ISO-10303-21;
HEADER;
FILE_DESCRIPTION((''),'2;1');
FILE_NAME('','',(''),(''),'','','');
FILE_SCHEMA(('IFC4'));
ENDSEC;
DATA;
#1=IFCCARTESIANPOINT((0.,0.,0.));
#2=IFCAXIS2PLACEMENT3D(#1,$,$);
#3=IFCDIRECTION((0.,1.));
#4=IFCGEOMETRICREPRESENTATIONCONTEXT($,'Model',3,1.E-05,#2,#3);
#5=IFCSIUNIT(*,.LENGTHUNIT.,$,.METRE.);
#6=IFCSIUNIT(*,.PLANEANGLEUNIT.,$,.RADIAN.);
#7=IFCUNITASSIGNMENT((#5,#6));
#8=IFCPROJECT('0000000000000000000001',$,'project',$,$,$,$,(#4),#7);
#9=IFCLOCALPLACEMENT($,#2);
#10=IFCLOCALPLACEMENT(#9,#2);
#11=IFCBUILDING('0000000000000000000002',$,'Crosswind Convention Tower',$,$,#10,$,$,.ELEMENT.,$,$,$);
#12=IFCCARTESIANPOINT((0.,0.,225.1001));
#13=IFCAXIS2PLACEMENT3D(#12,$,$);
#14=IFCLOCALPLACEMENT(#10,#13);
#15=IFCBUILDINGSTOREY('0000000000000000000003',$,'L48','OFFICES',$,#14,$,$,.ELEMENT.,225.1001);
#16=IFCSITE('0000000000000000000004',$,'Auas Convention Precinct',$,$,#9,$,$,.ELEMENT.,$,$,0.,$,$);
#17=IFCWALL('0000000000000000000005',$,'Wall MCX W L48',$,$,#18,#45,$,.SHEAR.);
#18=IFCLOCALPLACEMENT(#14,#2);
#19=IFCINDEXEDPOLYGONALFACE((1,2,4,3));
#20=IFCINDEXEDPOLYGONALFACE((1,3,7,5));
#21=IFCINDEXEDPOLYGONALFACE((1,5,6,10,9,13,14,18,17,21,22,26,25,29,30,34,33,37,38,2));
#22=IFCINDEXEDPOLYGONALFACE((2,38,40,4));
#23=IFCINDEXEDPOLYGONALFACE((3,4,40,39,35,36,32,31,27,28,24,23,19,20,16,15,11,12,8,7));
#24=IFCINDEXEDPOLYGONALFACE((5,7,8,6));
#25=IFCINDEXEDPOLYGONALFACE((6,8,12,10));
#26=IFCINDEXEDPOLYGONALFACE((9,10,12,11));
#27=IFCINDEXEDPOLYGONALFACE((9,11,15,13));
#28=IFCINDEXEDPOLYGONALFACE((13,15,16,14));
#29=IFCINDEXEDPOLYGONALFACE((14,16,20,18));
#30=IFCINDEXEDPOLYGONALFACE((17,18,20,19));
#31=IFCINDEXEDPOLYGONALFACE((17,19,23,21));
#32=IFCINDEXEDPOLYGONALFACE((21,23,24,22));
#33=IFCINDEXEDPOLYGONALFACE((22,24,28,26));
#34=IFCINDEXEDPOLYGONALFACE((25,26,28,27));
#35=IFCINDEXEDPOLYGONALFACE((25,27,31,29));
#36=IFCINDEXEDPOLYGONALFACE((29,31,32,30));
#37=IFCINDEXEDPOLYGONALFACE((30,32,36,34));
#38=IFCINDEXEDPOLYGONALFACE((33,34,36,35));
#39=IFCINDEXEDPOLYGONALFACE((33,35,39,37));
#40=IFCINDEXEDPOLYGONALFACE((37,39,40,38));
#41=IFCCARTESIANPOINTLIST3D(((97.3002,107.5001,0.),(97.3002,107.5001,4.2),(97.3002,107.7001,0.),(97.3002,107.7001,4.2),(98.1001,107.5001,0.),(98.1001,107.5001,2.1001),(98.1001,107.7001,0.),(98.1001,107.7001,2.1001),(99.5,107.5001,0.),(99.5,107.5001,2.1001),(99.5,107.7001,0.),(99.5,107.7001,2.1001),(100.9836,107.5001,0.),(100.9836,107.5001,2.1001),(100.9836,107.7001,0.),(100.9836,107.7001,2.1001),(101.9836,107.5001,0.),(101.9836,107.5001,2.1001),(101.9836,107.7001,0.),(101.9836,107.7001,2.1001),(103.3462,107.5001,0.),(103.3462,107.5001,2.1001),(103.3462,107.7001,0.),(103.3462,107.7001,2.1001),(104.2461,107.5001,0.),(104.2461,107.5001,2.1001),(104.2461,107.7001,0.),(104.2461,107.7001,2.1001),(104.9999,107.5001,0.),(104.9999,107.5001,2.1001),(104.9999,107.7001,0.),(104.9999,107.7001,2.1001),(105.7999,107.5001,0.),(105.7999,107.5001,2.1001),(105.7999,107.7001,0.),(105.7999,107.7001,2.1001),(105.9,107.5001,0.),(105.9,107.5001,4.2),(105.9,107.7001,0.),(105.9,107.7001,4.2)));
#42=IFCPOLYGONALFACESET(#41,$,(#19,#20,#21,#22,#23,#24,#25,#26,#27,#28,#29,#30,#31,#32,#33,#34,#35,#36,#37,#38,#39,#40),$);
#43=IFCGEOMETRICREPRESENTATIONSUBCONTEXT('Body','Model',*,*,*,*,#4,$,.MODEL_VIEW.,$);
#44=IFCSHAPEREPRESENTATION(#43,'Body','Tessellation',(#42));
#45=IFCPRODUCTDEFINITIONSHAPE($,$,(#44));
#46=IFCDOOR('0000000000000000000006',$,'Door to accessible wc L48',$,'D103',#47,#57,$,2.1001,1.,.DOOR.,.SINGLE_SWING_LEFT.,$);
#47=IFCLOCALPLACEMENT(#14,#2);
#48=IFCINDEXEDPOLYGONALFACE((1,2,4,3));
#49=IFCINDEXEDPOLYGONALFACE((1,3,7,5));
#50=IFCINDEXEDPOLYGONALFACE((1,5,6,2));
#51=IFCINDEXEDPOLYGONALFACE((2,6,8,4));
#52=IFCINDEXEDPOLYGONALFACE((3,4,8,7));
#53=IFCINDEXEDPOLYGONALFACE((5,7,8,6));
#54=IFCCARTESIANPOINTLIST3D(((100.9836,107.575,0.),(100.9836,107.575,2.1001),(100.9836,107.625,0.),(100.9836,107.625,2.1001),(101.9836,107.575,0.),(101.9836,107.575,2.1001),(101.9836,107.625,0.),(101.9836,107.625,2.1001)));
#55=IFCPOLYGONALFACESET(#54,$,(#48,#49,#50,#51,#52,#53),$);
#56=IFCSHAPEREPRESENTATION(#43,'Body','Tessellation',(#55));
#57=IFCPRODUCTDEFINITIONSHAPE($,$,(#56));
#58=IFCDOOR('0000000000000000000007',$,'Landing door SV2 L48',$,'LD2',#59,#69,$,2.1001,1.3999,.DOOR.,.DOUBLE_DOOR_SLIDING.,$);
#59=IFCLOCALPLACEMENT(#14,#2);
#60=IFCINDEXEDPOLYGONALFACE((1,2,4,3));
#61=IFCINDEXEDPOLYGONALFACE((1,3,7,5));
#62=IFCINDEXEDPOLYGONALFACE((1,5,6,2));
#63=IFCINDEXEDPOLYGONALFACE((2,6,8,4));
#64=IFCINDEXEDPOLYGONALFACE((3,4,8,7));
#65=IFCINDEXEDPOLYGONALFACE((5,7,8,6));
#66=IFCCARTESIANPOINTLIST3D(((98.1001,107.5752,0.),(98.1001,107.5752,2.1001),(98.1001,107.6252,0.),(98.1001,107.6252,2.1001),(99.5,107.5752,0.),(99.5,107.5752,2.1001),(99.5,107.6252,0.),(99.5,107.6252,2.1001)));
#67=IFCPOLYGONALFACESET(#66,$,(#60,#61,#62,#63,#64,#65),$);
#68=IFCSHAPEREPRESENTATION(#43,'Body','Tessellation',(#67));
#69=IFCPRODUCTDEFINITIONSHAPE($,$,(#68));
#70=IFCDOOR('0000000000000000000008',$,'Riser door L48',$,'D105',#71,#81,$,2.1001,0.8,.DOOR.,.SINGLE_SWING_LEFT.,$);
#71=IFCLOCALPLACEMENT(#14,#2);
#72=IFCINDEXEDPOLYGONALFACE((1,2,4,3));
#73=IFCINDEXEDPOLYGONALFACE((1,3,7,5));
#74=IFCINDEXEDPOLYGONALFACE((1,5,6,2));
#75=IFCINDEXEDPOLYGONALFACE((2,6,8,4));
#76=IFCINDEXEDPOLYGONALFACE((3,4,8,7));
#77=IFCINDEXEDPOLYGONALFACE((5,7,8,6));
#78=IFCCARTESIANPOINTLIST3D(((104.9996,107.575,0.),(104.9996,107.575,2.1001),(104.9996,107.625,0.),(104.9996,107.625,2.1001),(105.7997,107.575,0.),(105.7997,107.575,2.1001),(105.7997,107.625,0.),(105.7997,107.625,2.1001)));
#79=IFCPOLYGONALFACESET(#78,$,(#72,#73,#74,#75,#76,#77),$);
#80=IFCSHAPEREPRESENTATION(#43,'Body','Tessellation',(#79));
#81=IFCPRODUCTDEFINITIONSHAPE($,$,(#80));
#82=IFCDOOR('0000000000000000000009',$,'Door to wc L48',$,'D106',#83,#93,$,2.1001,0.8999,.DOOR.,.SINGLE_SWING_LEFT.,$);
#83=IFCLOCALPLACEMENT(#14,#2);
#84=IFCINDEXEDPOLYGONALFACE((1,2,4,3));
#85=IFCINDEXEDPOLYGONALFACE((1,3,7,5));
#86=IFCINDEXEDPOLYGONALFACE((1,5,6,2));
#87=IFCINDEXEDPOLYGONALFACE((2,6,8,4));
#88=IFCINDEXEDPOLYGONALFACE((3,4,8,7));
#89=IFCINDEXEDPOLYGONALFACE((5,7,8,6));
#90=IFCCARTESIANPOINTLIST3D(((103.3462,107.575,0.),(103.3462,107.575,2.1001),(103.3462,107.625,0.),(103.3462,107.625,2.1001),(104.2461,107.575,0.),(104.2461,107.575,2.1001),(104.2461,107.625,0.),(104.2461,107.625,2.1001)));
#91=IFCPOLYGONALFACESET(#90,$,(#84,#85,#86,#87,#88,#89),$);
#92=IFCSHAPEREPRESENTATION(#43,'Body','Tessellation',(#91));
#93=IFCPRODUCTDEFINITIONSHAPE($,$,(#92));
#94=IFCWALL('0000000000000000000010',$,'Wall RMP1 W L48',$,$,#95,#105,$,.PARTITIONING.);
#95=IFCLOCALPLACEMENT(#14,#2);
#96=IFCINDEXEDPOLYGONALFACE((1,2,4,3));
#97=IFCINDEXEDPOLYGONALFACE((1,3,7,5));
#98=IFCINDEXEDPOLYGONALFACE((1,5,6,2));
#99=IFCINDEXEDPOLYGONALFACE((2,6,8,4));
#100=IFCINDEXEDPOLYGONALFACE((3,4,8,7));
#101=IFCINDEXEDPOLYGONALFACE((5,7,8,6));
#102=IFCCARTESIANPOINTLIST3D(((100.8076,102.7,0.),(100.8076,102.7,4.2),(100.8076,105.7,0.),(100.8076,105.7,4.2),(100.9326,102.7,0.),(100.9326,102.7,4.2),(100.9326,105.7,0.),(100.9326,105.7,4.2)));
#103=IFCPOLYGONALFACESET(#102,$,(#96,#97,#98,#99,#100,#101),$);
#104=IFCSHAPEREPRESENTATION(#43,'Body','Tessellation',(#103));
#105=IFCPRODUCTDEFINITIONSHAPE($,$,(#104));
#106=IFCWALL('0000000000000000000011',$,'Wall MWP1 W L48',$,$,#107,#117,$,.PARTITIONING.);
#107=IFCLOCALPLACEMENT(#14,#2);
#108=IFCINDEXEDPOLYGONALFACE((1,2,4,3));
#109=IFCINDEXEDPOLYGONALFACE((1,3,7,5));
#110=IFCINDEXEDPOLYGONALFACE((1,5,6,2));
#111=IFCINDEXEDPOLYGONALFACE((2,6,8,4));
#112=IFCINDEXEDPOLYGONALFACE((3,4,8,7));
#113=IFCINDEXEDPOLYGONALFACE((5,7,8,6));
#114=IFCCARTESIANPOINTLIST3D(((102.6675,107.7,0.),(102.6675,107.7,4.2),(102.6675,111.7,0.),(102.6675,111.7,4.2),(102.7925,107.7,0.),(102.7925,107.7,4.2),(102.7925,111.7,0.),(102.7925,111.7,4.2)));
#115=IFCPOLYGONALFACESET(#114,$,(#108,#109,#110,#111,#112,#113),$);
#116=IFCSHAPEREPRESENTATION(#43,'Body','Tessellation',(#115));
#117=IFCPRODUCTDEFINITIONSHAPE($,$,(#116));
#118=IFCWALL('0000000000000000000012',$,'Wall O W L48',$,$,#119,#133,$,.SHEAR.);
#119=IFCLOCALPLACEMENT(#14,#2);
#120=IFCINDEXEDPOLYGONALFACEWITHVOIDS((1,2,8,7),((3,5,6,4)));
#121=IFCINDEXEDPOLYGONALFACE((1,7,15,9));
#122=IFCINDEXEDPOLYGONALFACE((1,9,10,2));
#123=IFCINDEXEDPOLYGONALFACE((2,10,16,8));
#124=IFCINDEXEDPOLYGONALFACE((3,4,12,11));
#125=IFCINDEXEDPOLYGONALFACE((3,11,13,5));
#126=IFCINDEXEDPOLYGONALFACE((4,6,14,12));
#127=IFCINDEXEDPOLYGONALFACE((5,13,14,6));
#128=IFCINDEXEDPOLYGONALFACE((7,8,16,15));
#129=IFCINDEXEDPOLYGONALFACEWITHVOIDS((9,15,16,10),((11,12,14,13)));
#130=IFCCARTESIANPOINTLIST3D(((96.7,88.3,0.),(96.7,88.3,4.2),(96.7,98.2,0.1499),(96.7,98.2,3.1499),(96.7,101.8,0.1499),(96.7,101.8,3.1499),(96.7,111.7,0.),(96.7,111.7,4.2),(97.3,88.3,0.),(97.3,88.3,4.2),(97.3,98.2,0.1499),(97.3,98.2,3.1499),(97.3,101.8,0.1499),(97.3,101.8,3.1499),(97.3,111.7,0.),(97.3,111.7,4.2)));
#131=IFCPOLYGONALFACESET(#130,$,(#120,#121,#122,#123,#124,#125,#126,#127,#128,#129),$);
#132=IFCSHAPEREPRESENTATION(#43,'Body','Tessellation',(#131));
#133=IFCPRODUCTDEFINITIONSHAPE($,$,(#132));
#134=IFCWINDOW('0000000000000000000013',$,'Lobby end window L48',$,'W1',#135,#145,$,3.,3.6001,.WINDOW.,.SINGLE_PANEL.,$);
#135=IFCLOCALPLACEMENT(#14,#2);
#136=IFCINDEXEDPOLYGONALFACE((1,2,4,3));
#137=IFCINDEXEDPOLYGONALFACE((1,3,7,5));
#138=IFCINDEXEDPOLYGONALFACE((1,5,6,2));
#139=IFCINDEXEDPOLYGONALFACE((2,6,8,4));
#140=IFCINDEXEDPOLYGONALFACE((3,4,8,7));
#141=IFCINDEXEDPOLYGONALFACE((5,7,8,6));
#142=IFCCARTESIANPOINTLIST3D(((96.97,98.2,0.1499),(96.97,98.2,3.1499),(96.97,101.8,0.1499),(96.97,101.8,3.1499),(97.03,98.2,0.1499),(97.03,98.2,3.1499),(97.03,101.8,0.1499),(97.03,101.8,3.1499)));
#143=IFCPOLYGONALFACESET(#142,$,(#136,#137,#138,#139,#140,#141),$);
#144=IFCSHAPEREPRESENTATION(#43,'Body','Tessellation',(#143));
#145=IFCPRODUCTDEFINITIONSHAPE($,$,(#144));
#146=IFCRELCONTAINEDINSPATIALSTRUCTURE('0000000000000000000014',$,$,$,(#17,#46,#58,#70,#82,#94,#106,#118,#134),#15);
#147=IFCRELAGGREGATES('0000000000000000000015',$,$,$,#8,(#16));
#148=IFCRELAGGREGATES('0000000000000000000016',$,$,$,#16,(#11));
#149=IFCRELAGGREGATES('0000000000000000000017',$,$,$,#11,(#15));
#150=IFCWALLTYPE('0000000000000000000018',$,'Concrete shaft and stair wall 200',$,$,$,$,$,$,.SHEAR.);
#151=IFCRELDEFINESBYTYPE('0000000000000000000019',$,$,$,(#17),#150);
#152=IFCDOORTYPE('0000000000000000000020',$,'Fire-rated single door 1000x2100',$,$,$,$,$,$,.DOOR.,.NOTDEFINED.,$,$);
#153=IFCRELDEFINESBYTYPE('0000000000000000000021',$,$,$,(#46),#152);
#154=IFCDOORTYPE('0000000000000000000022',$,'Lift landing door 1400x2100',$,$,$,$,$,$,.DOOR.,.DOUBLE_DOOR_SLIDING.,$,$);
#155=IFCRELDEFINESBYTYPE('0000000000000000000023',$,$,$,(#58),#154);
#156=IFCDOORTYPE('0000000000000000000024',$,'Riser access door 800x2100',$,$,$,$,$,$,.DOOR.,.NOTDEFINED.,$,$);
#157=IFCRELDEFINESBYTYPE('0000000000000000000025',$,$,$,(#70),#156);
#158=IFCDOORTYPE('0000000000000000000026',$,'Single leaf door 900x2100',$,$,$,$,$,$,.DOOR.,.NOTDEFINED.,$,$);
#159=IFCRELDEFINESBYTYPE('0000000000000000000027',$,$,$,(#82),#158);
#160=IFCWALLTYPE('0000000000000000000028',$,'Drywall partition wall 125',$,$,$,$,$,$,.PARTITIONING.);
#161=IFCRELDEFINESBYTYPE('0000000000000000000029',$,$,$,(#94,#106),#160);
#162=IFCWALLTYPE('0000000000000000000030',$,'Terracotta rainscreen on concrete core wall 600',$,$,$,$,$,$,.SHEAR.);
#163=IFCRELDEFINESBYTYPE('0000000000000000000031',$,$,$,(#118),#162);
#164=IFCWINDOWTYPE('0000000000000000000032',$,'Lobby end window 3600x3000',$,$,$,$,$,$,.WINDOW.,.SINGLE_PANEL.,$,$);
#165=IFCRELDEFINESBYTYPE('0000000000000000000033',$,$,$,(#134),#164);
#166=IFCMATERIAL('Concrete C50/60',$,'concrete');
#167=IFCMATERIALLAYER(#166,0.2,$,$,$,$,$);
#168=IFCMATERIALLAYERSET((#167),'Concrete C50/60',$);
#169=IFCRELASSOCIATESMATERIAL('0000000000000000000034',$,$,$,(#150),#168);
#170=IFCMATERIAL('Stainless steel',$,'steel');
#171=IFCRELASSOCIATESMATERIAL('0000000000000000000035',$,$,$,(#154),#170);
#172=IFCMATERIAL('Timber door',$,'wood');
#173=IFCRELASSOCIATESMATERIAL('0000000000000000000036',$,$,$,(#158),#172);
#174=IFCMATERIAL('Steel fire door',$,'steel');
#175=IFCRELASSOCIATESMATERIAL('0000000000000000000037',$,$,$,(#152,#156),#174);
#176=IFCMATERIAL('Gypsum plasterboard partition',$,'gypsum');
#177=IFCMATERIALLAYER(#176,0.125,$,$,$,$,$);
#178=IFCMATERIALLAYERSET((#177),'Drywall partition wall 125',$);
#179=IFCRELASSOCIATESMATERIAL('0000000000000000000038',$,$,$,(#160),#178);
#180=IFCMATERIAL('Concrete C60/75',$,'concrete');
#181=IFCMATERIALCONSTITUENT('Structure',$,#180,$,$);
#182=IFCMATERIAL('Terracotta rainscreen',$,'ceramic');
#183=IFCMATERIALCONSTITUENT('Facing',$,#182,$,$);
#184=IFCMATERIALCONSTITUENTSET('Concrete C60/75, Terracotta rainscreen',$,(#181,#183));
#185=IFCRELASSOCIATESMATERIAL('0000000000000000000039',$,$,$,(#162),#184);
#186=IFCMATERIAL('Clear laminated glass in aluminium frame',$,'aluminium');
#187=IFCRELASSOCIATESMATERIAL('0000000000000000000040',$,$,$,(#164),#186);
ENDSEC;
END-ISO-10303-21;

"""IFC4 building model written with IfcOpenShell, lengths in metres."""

from ifc_helpers import new_model, si_unit, direction, frame, frame_2d, origin, place, context, subcontext, project, spatial, rectangle, extrude, material, layer, layer_set, constituent, constituent_set, type_object, element, fill, save


model = new_model("IFC4")

# Units and contexts
model_context = context("Model", 3, precision=1e-05, world=origin(), true_north=direction((0.0, 1.0)))
body_context = subcontext(model_context, "Body", "Model", "MODEL_VIEW")
ifc_project = project(units=[si_unit("LENGTHUNIT", "METRE"), si_unit("PLANEANGLEUNIT", "RADIAN")], contexts=[model_context])

# Site, building, storey
site_placement = place(None, origin())
site = spatial("IfcSite", under=ifc_project, at=site_placement, Name="Auas Convention Precinct", CompositionType="ELEMENT", RefElevation=0.0)
building_placement = place(site_placement, origin())
building = spatial("IfcBuilding", under=site, at=building_placement, Name="Crosswind Convention Tower", CompositionType="ELEMENT")
storey_placement = place(building_placement, frame((0.0, 0.0, 225.1001)))
storey = spatial("IfcBuildingStorey", under=building, at=storey_placement, Name="L48", Description="OFFICES", CompositionType="ELEMENT", Elevation=225.1001)

# Shared definitions
ifc_material_1 = material(Name="Concrete C50/60", Category="concrete")
ifc_layer_1 = layer(ifc_material_1, 0.2)
ifc_layer_set_1 = layer_set([ifc_layer_1], Name="Concrete C50/60")
wall_type_1 = type_object("IfcWallType", Name="Concrete shaft and stair wall 200", PredefinedType="SHEAR", material=ifc_layer_set_1)

# Shared definitions
ifc_material_2 = material(Name="Stainless steel", Category="steel")
door_type_1 = type_object("IfcDoorType", Name="Lift landing door 1400x2100", OperationType="DOUBLE_DOOR_SLIDING", PredefinedType="DOOR", material=ifc_material_2)

# Shared definitions
ifc_material_3 = material(Name="Timber door", Category="wood")
door_type_2 = type_object("IfcDoorType", Name="Single leaf door 900x2100", OperationType="NOTDEFINED", PredefinedType="DOOR", material=ifc_material_3)

# Wall, openings, doors
wall_1_placement = place(storey_placement, frame((105.8999, 107.6001, 0.0), z_axis=(0.0, 0.0, 1.0), x_axis=(-1.0, 0.0, 0.0)))
wall_1 = element("IfcWall", 1, at=wall_1_placement, inside=storey, type_object=wall_type_1, Name="Wall MCX W L48", PredefinedType="SHEAR", context=body_context, shape_type="SweptSolid", body=[
    extrude(rectangle(XDim=8.5999, YDim=0.2, at=frame_2d((4.2998, 0.0))), origin(), (0.0, 0.0, 1.0), 4.2),
])
opening_1_placement = place(wall_1_placement, frame((0.1001, 0.0, 0.0)))
opening_1 = element("IfcOpeningElement", 2, at=opening_1_placement, cuts=wall_1, PredefinedType="OPENING", context=body_context, shape_type="SweptSolid", body=[
    extrude(rectangle(XDim=0.8, YDim=2.1001, at=frame_2d((0.3999, 1.05))), frame((0.0, 0.1099, 0.0), z_axis=(0.0, -1.0, 0.0), x_axis=(1.0, 0.0, 0.0)), (0.0, 0.0, 1.0), 0.22),
])
opening_2_placement = place(wall_1_placement, frame((1.6538, 0.0, 0.0)))
opening_2 = element("IfcOpeningElement", 3, at=opening_2_placement, cuts=wall_1, PredefinedType="OPENING", context=body_context, shape_type="SweptSolid", body=[
    extrude(rectangle(XDim=0.8999, YDim=2.1001, at=frame_2d((0.45, 1.05))), frame((0.0, 0.1099, 0.0), z_axis=(0.0, -1.0, 0.0), x_axis=(1.0, 0.0, 0.0)), (0.0, 0.0, 1.0), 0.22),
])
opening_3_placement = place(wall_1_placement, frame((3.9163, 0.0, 0.0)))
opening_3 = element("IfcOpeningElement", 4, at=opening_3_placement, cuts=wall_1, PredefinedType="OPENING", context=body_context, shape_type="SweptSolid", body=[
    extrude(rectangle(XDim=1.0, YDim=2.1001, at=frame_2d((0.5, 1.05))), frame((0.0, 0.1099, 0.0), z_axis=(0.0, -1.0, 0.0), x_axis=(1.0, 0.0, 0.0)), (0.0, 0.0, 1.0), 0.22),
])
opening_4_placement = place(wall_1_placement, frame((6.3999, 0.0, 0.0)))
opening_4 = element("IfcOpeningElement", 5, at=opening_4_placement, cuts=wall_1, PredefinedType="OPENING", context=body_context, shape_type="SweptSolid", body=[
    extrude(rectangle(XDim=1.3999, YDim=2.1001, at=frame_2d((0.7, 1.05))), frame((0.0, 0.1099, 0.0), z_axis=(0.0, -1.0, 0.0), x_axis=(1.0, 0.0, 0.0)), (0.0, 0.0, 1.0), 0.22),
])
ifc_material_4 = material(Name="Steel fire door", Category="steel")
door_type_3 = type_object("IfcDoorType", Name="Fire-rated single door 1000x2100", OperationType="NOTDEFINED", PredefinedType="DOOR", material=ifc_material_4)
door_1_placement = place(opening_3_placement, frame((1.0, 0.0, 0.0), z_axis=(0.0, 0.0, 1.0), x_axis=(-1.0, 0.0, 0.0)))
door_1 = element("IfcDoor", 6, at=door_1_placement, inside=storey, type_object=door_type_3, Name="Door to accessible wc L48", ObjectType="D103", OperationType="SINGLE_SWING_LEFT", OverallHeight=2.1001, OverallWidth=1.0, PredefinedType="DOOR", context=body_context, shape_type="SweptSolid", body=[
    extrude(rectangle(XDim=1.0, YDim=2.1001, at=frame_2d((0.5, 1.05))), frame((0.0, 0.0249, 0.0), z_axis=(0.0, -1.0, 0.0), x_axis=(1.0, 0.0, 0.0)), (0.0, 0.0, 1.0), 0.05),
])
fill(opening_3, door_1)
door_2_placement = place(opening_4_placement, origin())
door_2 = element("IfcDoor", 7, at=door_2_placement, inside=storey, type_object=door_type_1, Name="Landing door SV2 L48", ObjectType="LD2", OperationType="DOUBLE_DOOR_SLIDING", OverallHeight=2.1001, OverallWidth=1.3999, PredefinedType="DOOR", context=body_context, shape_type="SweptSolid", body=[
    extrude(rectangle(XDim=1.3999, YDim=2.1001, at=frame_2d((0.7, 1.05))), frame((0.0, 0.0249, 0.0), z_axis=(0.0, -1.0, 0.0), x_axis=(1.0, 0.0, 0.0)), (0.0, 0.0, 1.0), 0.05),
])
fill(opening_4, door_2)
door_type_4 = type_object("IfcDoorType", Name="Riser access door 800x2100", OperationType="NOTDEFINED", PredefinedType="DOOR", material=ifc_material_4)
door_3_placement = place(opening_1_placement, frame((0.8, 0.0, 0.0), z_axis=(0.0, 0.0, 1.0), x_axis=(-1.0, 0.0, 0.0)))
door_3 = element("IfcDoor", 8, at=door_3_placement, inside=storey, type_object=door_type_4, Name="Riser door L48", ObjectType="D105", OperationType="SINGLE_SWING_LEFT", OverallHeight=2.1001, OverallWidth=0.8, PredefinedType="DOOR", context=body_context, shape_type="SweptSolid", body=[
    extrude(rectangle(XDim=0.8, YDim=2.1001, at=frame_2d((0.3999, 1.05))), frame((0.0, 0.0249, 0.0), z_axis=(0.0, -1.0, 0.0), x_axis=(1.0, 0.0, 0.0)), (0.0, 0.0, 1.0), 0.05),
])
fill(opening_1, door_3)
door_4_placement = place(opening_2_placement, frame((0.8999, 0.0, 0.0), z_axis=(0.0, 0.0, 1.0), x_axis=(-1.0, 0.0, 0.0)))
door_4 = element("IfcDoor", 9, at=door_4_placement, inside=storey, type_object=door_type_2, Name="Door to wc L48", ObjectType="D106", OperationType="SINGLE_SWING_LEFT", OverallHeight=2.1001, OverallWidth=0.8999, PredefinedType="DOOR", context=body_context, shape_type="SweptSolid", body=[
    extrude(rectangle(XDim=0.8999, YDim=2.1001, at=frame_2d((0.45, 1.05))), frame((0.0, 0.0249, 0.0), z_axis=(0.0, -1.0, 0.0), x_axis=(1.0, 0.0, 0.0)), (0.0, 0.0, 1.0), 0.05),
])
fill(opening_2, door_4)

# Walls
ifc_material_5 = material(Name="Gypsum plasterboard partition", Category="gypsum")
ifc_layer_2 = layer(ifc_material_5, 0.125)
ifc_layer_set_2 = layer_set([ifc_layer_2], Name="Drywall partition wall 125")
wall_type_2 = type_object("IfcWallType", Name="Drywall partition wall 125", PredefinedType="PARTITIONING", material=ifc_layer_set_2)
wall_2_placement = place(storey_placement, frame((100.8701, 105.7, 0.0), z_axis=(0.0, 0.0, 1.0), x_axis=(0.0, -1.0, 0.0)))
element("IfcWall", 10, at=wall_2_placement, inside=storey, type_object=wall_type_2, Name="Wall RMP1 W L48", PredefinedType="PARTITIONING", context=body_context, shape_type="SweptSolid", body=[
    extrude(rectangle(XDim=3.0, YDim=0.125, at=frame_2d((1.5, 0.0))), origin(), (0.0, 0.0, 1.0), 4.2),
])
wall_3_placement = place(storey_placement, frame((102.73, 111.7, 0.0), z_axis=(0.0, 0.0, 1.0), x_axis=(0.0, -1.0, 0.0)))
element("IfcWall", 11, at=wall_3_placement, inside=storey, type_object=wall_type_2, Name="Wall MWP1 W L48", PredefinedType="PARTITIONING", context=body_context, shape_type="SweptSolid", body=[
    extrude(rectangle(XDim=4.0, YDim=0.125, at=frame_2d((2.0, 0.0))), origin(), (0.0, 0.0, 1.0), 4.2),
])

# Wall, opening, window
ifc_material_6 = material(Name="Concrete C60/75", Category="concrete")
ifc_constituent_1 = constituent(ifc_material_6, Name="Structure")
ifc_material_7 = material(Name="Terracotta rainscreen", Category="ceramic")
ifc_constituent_2 = constituent(ifc_material_7, Name="Facing")
ifc_constituent_set = constituent_set(constituents=[ifc_constituent_1, ifc_constituent_2], Name="Concrete C60/75, Terracotta rainscreen")
wall_type_3 = type_object("IfcWallType", Name="Terracotta rainscreen on concrete core wall 600", PredefinedType="SHEAR", material=ifc_constituent_set)
wall_4_placement = place(storey_placement, frame((97.0, 111.7, 0.0), z_axis=(0.0, 0.0, 1.0), x_axis=(0.0, -1.0, 0.0)))
wall_4 = element("IfcWall", 12, at=wall_4_placement, inside=storey, type_object=wall_type_3, Name="Wall O W L48", PredefinedType="SHEAR", context=body_context, shape_type="SweptSolid", body=[
    extrude(rectangle(XDim=23.3999, YDim=0.6001, at=frame_2d((11.7, 0.0))), origin(), (0.0, 0.0, 1.0), 4.2),
])
opening_5_placement = place(wall_4_placement, frame((9.8999, 0.0, 0.1499)))
opening_5 = element("IfcOpeningElement", 13, at=opening_5_placement, cuts=wall_4, PredefinedType="OPENING", context=body_context, shape_type="SweptSolid", body=[
    extrude(rectangle(XDim=3.6001, YDim=3.0, at=frame_2d((1.8, 1.5))), frame((0.0, 0.3101, 0.0), z_axis=(0.0, -1.0, 0.0), x_axis=(1.0, 0.0, 0.0)), (0.0, 0.0, 1.0), 0.6201),
])
ifc_material_8 = material(Name="Clear laminated glass in aluminium frame", Category="aluminium")
window_type = type_object("IfcWindowType", Name="Lobby end window 3600x3000", PartitioningType="SINGLE_PANEL", PredefinedType="WINDOW", material=ifc_material_8)
window_placement = place(opening_5_placement, origin())
window = element("IfcWindow", 14, at=window_placement, inside=storey, type_object=window_type, Name="Lobby end window L48", ObjectType="W1", OverallHeight=3.0, OverallWidth=3.6001, PartitioningType="SINGLE_PANEL", PredefinedType="WINDOW", context=body_context, shape_type="SweptSolid", body=[
    extrude(rectangle(XDim=3.6001, YDim=3.0, at=frame_2d((1.8, 1.5))), frame((0.0, 0.03, 0.0), z_axis=(0.0, -1.0, 0.0), x_axis=(1.0, 0.0, 0.0)), (0.0, 0.0, 1.0), 0.0601),
])
fill(opening_5, window)

save(model, "model.ifc")
